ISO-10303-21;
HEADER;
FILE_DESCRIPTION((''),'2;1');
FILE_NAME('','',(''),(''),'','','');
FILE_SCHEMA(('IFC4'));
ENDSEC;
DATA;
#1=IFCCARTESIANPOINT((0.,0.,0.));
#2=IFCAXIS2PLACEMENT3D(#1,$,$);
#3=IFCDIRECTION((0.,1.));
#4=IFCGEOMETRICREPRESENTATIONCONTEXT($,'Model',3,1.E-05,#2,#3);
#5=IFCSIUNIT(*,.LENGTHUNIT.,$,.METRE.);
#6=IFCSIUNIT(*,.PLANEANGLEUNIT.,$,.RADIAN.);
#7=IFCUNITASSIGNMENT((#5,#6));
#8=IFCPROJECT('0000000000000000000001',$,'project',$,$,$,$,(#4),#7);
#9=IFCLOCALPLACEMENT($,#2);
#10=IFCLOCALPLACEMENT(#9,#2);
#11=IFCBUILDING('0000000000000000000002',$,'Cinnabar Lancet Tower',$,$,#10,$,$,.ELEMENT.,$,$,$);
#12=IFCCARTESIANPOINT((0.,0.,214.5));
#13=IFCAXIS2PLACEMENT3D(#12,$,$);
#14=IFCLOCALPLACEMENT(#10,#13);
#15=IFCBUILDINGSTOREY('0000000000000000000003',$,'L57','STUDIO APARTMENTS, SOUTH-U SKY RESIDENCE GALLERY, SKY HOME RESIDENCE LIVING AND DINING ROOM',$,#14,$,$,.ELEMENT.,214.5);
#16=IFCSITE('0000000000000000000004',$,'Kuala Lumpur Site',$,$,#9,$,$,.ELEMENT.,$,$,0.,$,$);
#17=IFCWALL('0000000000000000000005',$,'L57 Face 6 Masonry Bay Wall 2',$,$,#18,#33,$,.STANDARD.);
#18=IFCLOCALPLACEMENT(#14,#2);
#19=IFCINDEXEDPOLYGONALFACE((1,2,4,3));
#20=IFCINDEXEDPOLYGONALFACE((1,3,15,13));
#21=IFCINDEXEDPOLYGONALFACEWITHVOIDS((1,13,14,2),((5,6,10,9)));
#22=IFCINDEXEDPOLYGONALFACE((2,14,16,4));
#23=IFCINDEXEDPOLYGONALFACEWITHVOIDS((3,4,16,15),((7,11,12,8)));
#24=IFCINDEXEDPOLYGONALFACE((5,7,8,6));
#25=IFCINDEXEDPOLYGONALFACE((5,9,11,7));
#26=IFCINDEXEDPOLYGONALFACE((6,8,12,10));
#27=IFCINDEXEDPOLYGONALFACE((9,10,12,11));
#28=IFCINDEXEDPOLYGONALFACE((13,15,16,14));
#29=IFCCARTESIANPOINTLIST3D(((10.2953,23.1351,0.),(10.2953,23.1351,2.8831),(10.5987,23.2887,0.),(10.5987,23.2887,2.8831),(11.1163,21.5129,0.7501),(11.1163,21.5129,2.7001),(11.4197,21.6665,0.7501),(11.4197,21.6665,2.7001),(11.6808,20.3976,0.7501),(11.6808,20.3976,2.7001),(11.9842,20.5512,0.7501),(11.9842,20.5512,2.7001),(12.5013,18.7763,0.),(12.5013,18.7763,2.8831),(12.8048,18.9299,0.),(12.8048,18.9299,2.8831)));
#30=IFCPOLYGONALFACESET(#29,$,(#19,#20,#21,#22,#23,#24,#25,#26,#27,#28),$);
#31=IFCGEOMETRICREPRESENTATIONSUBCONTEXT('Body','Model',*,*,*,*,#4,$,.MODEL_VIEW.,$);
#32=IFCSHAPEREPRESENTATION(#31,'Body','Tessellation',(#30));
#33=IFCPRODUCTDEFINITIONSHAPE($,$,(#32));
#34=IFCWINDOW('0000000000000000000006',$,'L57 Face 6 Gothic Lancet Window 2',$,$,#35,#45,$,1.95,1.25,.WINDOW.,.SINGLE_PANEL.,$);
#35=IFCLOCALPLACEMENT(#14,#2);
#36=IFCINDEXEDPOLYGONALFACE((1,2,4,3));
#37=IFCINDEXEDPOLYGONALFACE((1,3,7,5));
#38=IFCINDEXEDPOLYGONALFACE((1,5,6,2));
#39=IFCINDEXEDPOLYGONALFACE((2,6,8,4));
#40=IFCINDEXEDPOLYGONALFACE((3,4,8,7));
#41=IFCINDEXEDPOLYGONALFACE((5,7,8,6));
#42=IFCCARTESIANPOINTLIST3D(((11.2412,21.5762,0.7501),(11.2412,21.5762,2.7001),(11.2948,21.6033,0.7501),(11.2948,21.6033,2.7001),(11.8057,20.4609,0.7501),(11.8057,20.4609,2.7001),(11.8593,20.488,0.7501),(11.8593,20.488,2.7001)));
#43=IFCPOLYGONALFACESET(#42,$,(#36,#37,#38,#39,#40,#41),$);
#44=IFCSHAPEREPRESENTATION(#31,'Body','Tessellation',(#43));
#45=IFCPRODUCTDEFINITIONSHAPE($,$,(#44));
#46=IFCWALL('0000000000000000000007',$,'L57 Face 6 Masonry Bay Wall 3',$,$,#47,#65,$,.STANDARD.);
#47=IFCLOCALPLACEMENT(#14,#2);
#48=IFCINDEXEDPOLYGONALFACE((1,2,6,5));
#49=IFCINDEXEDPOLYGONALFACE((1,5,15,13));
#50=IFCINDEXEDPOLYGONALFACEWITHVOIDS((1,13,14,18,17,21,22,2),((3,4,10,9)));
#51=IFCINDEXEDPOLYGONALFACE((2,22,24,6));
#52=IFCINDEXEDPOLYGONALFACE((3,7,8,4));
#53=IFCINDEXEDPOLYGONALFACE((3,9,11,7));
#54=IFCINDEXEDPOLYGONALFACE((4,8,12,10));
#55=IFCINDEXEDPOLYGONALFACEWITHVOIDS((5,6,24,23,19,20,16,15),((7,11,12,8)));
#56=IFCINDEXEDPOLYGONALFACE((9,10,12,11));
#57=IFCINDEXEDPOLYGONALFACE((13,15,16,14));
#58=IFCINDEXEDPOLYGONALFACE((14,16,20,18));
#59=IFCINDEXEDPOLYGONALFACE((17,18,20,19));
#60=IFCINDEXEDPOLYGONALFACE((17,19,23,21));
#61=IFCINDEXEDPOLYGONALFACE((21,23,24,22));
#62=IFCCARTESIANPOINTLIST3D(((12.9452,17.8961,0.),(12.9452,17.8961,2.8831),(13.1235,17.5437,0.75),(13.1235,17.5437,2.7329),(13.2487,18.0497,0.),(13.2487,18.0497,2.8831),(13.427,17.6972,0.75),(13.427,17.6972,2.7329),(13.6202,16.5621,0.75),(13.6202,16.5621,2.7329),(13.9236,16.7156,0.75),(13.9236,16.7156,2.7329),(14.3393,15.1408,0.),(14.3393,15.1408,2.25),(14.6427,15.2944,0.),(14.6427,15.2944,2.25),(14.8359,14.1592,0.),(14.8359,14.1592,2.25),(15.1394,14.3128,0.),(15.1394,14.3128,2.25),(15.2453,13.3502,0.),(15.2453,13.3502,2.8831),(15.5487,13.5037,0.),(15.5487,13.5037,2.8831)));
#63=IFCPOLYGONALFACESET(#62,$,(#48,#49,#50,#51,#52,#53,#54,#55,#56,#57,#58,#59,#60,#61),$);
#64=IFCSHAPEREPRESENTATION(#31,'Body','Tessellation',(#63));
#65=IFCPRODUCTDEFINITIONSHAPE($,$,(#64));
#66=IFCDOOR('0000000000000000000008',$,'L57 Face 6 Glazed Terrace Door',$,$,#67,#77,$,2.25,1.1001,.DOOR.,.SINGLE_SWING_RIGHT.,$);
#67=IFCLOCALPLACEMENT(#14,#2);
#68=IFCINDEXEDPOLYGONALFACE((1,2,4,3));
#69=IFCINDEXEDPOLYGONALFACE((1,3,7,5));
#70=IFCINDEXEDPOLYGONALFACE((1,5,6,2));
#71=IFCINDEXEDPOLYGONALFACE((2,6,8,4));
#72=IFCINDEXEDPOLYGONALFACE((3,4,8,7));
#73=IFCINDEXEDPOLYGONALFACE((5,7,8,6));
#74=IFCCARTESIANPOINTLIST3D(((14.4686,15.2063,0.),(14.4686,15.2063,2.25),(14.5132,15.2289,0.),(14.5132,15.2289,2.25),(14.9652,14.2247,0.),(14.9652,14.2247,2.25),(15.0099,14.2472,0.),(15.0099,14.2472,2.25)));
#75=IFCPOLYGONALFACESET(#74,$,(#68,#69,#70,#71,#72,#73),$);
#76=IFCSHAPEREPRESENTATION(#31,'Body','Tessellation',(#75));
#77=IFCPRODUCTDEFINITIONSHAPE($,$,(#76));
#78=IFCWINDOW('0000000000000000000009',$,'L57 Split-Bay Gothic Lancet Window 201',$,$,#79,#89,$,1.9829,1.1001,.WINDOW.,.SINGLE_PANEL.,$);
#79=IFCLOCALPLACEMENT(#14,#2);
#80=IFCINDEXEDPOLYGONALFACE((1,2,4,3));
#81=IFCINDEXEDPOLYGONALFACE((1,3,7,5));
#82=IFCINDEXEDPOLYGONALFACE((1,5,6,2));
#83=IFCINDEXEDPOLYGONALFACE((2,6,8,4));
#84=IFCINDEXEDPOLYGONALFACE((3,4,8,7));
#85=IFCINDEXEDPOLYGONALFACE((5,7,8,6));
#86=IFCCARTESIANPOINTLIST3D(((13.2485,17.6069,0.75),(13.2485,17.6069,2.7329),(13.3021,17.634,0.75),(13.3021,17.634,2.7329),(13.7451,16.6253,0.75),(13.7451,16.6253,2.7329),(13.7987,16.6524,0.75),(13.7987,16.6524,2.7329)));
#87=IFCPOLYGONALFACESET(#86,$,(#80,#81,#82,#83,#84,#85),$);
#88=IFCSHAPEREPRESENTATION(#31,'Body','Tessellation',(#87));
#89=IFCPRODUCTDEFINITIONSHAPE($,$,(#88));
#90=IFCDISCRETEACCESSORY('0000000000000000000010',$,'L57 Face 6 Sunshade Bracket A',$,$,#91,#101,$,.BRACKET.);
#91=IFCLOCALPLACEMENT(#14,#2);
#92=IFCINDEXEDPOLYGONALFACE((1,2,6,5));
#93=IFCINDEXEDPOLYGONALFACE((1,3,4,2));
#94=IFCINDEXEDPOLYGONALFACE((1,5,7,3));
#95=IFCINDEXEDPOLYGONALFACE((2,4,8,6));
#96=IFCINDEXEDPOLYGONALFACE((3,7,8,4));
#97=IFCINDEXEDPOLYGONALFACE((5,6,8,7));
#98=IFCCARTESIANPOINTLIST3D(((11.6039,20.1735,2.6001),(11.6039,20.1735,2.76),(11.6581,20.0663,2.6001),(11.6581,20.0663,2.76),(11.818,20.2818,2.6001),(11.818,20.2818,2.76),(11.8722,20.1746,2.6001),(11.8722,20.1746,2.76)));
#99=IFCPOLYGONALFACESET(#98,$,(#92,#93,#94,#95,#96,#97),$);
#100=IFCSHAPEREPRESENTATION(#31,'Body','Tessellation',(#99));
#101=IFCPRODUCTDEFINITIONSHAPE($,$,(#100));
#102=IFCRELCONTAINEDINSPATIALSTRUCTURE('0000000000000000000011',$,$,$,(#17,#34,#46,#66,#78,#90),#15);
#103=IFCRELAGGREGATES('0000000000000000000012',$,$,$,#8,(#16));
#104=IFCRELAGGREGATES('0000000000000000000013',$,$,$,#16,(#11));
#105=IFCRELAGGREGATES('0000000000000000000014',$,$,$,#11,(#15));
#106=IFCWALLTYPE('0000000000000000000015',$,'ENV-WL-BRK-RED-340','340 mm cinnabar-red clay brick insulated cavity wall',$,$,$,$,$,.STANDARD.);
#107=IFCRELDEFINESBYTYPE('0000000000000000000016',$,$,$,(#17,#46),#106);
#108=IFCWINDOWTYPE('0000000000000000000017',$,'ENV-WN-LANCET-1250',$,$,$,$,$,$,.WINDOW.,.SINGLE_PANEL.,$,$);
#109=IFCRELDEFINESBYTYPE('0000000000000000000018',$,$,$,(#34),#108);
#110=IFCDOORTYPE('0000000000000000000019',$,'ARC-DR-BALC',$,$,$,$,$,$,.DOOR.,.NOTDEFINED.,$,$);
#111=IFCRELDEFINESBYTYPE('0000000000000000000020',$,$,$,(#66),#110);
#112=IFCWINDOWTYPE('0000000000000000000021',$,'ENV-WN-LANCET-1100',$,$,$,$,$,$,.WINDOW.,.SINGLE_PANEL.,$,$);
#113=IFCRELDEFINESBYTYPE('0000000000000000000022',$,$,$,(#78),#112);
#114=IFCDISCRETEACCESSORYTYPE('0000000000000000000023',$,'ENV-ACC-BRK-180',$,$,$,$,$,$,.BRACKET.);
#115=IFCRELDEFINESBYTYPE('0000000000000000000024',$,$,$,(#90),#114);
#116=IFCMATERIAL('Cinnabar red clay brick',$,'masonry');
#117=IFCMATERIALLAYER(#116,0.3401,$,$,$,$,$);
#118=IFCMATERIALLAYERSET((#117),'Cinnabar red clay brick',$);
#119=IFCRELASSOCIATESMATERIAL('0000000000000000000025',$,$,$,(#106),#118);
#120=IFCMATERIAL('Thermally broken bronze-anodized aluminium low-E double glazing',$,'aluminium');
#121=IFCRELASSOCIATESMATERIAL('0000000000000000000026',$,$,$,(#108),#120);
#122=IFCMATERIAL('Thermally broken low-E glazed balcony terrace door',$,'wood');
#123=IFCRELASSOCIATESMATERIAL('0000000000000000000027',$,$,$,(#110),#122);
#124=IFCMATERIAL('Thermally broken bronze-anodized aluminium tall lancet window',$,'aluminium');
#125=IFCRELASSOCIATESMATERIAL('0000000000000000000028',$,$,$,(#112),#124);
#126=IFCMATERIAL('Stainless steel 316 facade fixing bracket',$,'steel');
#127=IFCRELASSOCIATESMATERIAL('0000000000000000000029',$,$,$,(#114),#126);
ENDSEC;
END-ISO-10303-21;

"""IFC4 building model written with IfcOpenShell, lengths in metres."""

from ifc_helpers import new_model, si_unit, direction, frame, frame_2d, origin, origin_2d, place, context, subcontext, project, spatial, rectangle, extrude, material, layer, layer_set, type_object, element, fill, save


model = new_model("IFC4")

# Units and contexts
model_context = context("Model", 3, precision=1e-05, world=origin(), true_north=direction((0.0, 1.0)))
body_context = subcontext(model_context, "Body", "Model", "MODEL_VIEW")
ifc_project = project(units=[si_unit("LENGTHUNIT", "METRE"), si_unit("PLANEANGLEUNIT", "RADIAN")], contexts=[model_context])

# Site, building, storey
site_placement = place(None, origin())
site = spatial("IfcSite", under=ifc_project, at=site_placement, Name="Kuala Lumpur Site", CompositionType="ELEMENT", RefElevation=0.0)
building_placement = place(site_placement, origin())
building = spatial("IfcBuilding", under=site, at=building_placement, Name="Cinnabar Lancet Tower", CompositionType="ELEMENT")
storey_placement = place(building_placement, frame((0.0, 0.0, 214.5)))
storey = spatial("IfcBuildingStorey", under=building, at=storey_placement, Name="L57", Description="STUDIO APARTMENTS, SOUTH-U SKY RESIDENCE GALLERY, SKY HOME RESIDENCE LIVING AND DINING ROOM", CompositionType="ELEMENT", Elevation=214.5)

# Shared definitions
ifc_material_1 = material(Name="Cinnabar red clay brick", Category="masonry")
ifc_layer_1 = layer(ifc_material_1, 0.3401)
ifc_layer_set_1 = layer_set([ifc_layer_1], Name="Cinnabar red clay brick")
wall_type_1 = type_object("IfcWallType", Name="ENV-WL-BRK-RED-340", Description="340 mm cinnabar-red clay brick insulated cavity wall", PredefinedType="STANDARD", material=ifc_layer_set_1)

# Wall, opening, window
wall_1_placement = place(storey_placement, frame((10.447, 23.2119, 0.0), z_axis=(0.0, 0.0, 1.0), x_axis=(0.451566, -0.892238, 0.0)))
wall_1 = element("IfcWall", 1, at=wall_1_placement, inside=storey, type_object=wall_type_1, Name="L57 Face 6 Masonry Bay Wall 2", PredefinedType="STANDARD", context=body_context, shape_type="SweptSolid", body=[
    extrude(rectangle(XDim=4.8853, YDim=0.3401, at=frame_2d((2.4426, 0.0))), origin(), (0.0, 0.0, 1.0), 2.8831),
])
opening_1_placement = place(wall_1_placement, frame((1.8181, 0.0, 0.75)))
opening_1 = element("IfcOpeningElement", 2, at=opening_1_placement, cuts=wall_1, PredefinedType="OPENING", context=body_context, shape_type="SweptSolid", body=[
    extrude(rectangle(XDim=1.25, YDim=1.95, at=frame_2d((0.625, 0.9751))), frame((0.0, 0.1799, 0.0), z_axis=(0.0, -1.0, 0.0), x_axis=(1.0, 0.0, 0.0)), (0.0, 0.0, 1.0), 0.3601),
])
ifc_material_2 = material(Name="Thermally broken bronze-anodized aluminium low-E double glazing", Category="aluminium")
window_type_1 = type_object("IfcWindowType", Name="ENV-WN-LANCET-1250", PartitioningType="SINGLE_PANEL", PredefinedType="WINDOW", material=ifc_material_2)
window_1_placement = place(opening_1_placement, origin())
window_1 = element("IfcWindow", 3, at=window_1_placement, inside=storey, type_object=window_type_1, Name="L57 Face 6 Gothic Lancet Window 2", OverallHeight=1.95, OverallWidth=1.25, PartitioningType="SINGLE_PANEL", PredefinedType="WINDOW", context=body_context, shape_type="SweptSolid", body=[
    extrude(rectangle(XDim=1.25, YDim=1.95, at=frame_2d((0.625, 0.9751))), frame((0.0, 0.03, 0.0), z_axis=(0.0, -1.0, 0.0), x_axis=(1.0, 0.0, 0.0)), (0.0, 0.0, 1.0), 0.0601),
])
fill(opening_1, window_1)

# Wall, openings, door, window
wall_2_placement = place(storey_placement, frame((13.0969, 17.9729, 0.0), z_axis=(0.0, 0.0, 1.0), x_axis=(0.451464, -0.892289, 0.0)))
wall_2 = element("IfcWall", 4, at=wall_2_placement, inside=storey, type_object=wall_type_1, Name="L57 Face 6 Masonry Bay Wall 3", PredefinedType="STANDARD", context=body_context, shape_type="SweptSolid", body=[
    extrude(rectangle(XDim=5.0947, YDim=0.3401, at=frame_2d((2.5474, 0.0))), origin(), (0.0, 0.0, 1.0), 2.8831),
])
opening_2_placement = place(wall_2_placement, frame((3.0879, 0.0, 0.0)))
opening_2 = element("IfcOpeningElement", 5, at=opening_2_placement, cuts=wall_2, PredefinedType="OPENING", context=body_context, shape_type="SweptSolid", body=[
    extrude(rectangle(XDim=1.1001, YDim=2.25, at=frame_2d((0.55, 1.125))), frame((0.0, 0.1799, 0.0), z_axis=(0.0, -1.0, 0.0), x_axis=(1.0, 0.0, 0.0)), (0.0, 0.0, 1.0), 0.3601),
])
opening_3_placement = place(wall_2_placement, frame((0.395, 0.0, 0.75)))
opening_3 = element("IfcOpeningElement", 6, at=opening_3_placement, cuts=wall_2, PredefinedType="OPENING", context=body_context, shape_type="SweptSolid", body=[
    extrude(rectangle(XDim=1.1001, YDim=1.9829, at=frame_2d((0.55, 0.9915))), frame((0.0, 0.1799, 0.0), z_axis=(0.0, -1.0, 0.0), x_axis=(1.0, 0.0, 0.0)), (0.0, 0.0, 1.0), 0.3601),
])
ifc_material_3 = material(Name="Thermally broken low-E glazed balcony terrace door", Category="wood")
door_type_1 = type_object("IfcDoorType", Name="ARC-DR-BALC", OperationType="NOTDEFINED", PredefinedType="DOOR", material=ifc_material_3)
door_1_placement = place(opening_2_placement, origin())
door_1 = element("IfcDoor", 7, at=door_1_placement, inside=storey, type_object=door_type_1, Name="L57 Face 6 Glazed Terrace Door", OperationType="SINGLE_SWING_RIGHT", OverallHeight=2.25, OverallWidth=1.1001, PredefinedType="DOOR", context=body_context, shape_type="SweptSolid", body=[
    extrude(rectangle(XDim=1.1001, YDim=2.25, at=frame_2d((0.55, 1.125))), frame((0.0, 0.0249, 0.0), z_axis=(0.0, -1.0, 0.0), x_axis=(1.0, 0.0, 0.0)), (0.0, 0.0, 1.0), 0.05),
])
fill(opening_2, door_1)
ifc_material_4 = material(Name="Thermally broken bronze-anodized aluminium tall lancet window", Category="aluminium")
window_type_2 = type_object("IfcWindowType", Name="ENV-WN-LANCET-1100", PartitioningType="SINGLE_PANEL", PredefinedType="WINDOW", material=ifc_material_4)
window_2_placement = place(opening_3_placement, origin())
window_2 = element("IfcWindow", 8, at=window_2_placement, inside=storey, type_object=window_type_2, Name="L57 Split-Bay Gothic Lancet Window 201", OverallHeight=1.9829, OverallWidth=1.1001, PartitioningType="SINGLE_PANEL", PredefinedType="WINDOW", context=body_context, shape_type="SweptSolid", body=[
    extrude(rectangle(XDim=1.1001, YDim=1.9829, at=frame_2d((0.55, 0.9915))), frame((0.0, 0.03, 0.0), z_axis=(0.0, -1.0, 0.0), x_axis=(1.0, 0.0, 0.0)), (0.0, 0.0, 1.0), 0.0601),
])
fill(opening_3, window_2)

# Discrete accessory
ifc_material_5 = material(Name="Stainless steel 316 facade fixing bracket", Category="steel")
discrete_accessory_type = type_object("IfcDiscreteAccessoryType", Name="ENV-ACC-BRK-180", PredefinedType="BRACKET", material=ifc_material_5)
discrete_accessory_placement = place(storey_placement, frame((11.738, 20.1741, 2.6001), z_axis=(0.0, 0.0, 1.0), x_axis=(0.451407, -0.892318, 0.0)))
element("IfcDiscreteAccessory", 9, at=discrete_accessory_placement, inside=storey, type_object=discrete_accessory_type, Name="L57 Face 6 Sunshade Bracket A", PredefinedType="BRACKET", context=body_context, shape_type="SweptSolid", body=[
    extrude(rectangle(XDim=0.1201, YDim=0.24, at=origin_2d()), origin(), (0.0, 0.0, 1.0), 0.1599),
])

save(model, "model.ifc")
